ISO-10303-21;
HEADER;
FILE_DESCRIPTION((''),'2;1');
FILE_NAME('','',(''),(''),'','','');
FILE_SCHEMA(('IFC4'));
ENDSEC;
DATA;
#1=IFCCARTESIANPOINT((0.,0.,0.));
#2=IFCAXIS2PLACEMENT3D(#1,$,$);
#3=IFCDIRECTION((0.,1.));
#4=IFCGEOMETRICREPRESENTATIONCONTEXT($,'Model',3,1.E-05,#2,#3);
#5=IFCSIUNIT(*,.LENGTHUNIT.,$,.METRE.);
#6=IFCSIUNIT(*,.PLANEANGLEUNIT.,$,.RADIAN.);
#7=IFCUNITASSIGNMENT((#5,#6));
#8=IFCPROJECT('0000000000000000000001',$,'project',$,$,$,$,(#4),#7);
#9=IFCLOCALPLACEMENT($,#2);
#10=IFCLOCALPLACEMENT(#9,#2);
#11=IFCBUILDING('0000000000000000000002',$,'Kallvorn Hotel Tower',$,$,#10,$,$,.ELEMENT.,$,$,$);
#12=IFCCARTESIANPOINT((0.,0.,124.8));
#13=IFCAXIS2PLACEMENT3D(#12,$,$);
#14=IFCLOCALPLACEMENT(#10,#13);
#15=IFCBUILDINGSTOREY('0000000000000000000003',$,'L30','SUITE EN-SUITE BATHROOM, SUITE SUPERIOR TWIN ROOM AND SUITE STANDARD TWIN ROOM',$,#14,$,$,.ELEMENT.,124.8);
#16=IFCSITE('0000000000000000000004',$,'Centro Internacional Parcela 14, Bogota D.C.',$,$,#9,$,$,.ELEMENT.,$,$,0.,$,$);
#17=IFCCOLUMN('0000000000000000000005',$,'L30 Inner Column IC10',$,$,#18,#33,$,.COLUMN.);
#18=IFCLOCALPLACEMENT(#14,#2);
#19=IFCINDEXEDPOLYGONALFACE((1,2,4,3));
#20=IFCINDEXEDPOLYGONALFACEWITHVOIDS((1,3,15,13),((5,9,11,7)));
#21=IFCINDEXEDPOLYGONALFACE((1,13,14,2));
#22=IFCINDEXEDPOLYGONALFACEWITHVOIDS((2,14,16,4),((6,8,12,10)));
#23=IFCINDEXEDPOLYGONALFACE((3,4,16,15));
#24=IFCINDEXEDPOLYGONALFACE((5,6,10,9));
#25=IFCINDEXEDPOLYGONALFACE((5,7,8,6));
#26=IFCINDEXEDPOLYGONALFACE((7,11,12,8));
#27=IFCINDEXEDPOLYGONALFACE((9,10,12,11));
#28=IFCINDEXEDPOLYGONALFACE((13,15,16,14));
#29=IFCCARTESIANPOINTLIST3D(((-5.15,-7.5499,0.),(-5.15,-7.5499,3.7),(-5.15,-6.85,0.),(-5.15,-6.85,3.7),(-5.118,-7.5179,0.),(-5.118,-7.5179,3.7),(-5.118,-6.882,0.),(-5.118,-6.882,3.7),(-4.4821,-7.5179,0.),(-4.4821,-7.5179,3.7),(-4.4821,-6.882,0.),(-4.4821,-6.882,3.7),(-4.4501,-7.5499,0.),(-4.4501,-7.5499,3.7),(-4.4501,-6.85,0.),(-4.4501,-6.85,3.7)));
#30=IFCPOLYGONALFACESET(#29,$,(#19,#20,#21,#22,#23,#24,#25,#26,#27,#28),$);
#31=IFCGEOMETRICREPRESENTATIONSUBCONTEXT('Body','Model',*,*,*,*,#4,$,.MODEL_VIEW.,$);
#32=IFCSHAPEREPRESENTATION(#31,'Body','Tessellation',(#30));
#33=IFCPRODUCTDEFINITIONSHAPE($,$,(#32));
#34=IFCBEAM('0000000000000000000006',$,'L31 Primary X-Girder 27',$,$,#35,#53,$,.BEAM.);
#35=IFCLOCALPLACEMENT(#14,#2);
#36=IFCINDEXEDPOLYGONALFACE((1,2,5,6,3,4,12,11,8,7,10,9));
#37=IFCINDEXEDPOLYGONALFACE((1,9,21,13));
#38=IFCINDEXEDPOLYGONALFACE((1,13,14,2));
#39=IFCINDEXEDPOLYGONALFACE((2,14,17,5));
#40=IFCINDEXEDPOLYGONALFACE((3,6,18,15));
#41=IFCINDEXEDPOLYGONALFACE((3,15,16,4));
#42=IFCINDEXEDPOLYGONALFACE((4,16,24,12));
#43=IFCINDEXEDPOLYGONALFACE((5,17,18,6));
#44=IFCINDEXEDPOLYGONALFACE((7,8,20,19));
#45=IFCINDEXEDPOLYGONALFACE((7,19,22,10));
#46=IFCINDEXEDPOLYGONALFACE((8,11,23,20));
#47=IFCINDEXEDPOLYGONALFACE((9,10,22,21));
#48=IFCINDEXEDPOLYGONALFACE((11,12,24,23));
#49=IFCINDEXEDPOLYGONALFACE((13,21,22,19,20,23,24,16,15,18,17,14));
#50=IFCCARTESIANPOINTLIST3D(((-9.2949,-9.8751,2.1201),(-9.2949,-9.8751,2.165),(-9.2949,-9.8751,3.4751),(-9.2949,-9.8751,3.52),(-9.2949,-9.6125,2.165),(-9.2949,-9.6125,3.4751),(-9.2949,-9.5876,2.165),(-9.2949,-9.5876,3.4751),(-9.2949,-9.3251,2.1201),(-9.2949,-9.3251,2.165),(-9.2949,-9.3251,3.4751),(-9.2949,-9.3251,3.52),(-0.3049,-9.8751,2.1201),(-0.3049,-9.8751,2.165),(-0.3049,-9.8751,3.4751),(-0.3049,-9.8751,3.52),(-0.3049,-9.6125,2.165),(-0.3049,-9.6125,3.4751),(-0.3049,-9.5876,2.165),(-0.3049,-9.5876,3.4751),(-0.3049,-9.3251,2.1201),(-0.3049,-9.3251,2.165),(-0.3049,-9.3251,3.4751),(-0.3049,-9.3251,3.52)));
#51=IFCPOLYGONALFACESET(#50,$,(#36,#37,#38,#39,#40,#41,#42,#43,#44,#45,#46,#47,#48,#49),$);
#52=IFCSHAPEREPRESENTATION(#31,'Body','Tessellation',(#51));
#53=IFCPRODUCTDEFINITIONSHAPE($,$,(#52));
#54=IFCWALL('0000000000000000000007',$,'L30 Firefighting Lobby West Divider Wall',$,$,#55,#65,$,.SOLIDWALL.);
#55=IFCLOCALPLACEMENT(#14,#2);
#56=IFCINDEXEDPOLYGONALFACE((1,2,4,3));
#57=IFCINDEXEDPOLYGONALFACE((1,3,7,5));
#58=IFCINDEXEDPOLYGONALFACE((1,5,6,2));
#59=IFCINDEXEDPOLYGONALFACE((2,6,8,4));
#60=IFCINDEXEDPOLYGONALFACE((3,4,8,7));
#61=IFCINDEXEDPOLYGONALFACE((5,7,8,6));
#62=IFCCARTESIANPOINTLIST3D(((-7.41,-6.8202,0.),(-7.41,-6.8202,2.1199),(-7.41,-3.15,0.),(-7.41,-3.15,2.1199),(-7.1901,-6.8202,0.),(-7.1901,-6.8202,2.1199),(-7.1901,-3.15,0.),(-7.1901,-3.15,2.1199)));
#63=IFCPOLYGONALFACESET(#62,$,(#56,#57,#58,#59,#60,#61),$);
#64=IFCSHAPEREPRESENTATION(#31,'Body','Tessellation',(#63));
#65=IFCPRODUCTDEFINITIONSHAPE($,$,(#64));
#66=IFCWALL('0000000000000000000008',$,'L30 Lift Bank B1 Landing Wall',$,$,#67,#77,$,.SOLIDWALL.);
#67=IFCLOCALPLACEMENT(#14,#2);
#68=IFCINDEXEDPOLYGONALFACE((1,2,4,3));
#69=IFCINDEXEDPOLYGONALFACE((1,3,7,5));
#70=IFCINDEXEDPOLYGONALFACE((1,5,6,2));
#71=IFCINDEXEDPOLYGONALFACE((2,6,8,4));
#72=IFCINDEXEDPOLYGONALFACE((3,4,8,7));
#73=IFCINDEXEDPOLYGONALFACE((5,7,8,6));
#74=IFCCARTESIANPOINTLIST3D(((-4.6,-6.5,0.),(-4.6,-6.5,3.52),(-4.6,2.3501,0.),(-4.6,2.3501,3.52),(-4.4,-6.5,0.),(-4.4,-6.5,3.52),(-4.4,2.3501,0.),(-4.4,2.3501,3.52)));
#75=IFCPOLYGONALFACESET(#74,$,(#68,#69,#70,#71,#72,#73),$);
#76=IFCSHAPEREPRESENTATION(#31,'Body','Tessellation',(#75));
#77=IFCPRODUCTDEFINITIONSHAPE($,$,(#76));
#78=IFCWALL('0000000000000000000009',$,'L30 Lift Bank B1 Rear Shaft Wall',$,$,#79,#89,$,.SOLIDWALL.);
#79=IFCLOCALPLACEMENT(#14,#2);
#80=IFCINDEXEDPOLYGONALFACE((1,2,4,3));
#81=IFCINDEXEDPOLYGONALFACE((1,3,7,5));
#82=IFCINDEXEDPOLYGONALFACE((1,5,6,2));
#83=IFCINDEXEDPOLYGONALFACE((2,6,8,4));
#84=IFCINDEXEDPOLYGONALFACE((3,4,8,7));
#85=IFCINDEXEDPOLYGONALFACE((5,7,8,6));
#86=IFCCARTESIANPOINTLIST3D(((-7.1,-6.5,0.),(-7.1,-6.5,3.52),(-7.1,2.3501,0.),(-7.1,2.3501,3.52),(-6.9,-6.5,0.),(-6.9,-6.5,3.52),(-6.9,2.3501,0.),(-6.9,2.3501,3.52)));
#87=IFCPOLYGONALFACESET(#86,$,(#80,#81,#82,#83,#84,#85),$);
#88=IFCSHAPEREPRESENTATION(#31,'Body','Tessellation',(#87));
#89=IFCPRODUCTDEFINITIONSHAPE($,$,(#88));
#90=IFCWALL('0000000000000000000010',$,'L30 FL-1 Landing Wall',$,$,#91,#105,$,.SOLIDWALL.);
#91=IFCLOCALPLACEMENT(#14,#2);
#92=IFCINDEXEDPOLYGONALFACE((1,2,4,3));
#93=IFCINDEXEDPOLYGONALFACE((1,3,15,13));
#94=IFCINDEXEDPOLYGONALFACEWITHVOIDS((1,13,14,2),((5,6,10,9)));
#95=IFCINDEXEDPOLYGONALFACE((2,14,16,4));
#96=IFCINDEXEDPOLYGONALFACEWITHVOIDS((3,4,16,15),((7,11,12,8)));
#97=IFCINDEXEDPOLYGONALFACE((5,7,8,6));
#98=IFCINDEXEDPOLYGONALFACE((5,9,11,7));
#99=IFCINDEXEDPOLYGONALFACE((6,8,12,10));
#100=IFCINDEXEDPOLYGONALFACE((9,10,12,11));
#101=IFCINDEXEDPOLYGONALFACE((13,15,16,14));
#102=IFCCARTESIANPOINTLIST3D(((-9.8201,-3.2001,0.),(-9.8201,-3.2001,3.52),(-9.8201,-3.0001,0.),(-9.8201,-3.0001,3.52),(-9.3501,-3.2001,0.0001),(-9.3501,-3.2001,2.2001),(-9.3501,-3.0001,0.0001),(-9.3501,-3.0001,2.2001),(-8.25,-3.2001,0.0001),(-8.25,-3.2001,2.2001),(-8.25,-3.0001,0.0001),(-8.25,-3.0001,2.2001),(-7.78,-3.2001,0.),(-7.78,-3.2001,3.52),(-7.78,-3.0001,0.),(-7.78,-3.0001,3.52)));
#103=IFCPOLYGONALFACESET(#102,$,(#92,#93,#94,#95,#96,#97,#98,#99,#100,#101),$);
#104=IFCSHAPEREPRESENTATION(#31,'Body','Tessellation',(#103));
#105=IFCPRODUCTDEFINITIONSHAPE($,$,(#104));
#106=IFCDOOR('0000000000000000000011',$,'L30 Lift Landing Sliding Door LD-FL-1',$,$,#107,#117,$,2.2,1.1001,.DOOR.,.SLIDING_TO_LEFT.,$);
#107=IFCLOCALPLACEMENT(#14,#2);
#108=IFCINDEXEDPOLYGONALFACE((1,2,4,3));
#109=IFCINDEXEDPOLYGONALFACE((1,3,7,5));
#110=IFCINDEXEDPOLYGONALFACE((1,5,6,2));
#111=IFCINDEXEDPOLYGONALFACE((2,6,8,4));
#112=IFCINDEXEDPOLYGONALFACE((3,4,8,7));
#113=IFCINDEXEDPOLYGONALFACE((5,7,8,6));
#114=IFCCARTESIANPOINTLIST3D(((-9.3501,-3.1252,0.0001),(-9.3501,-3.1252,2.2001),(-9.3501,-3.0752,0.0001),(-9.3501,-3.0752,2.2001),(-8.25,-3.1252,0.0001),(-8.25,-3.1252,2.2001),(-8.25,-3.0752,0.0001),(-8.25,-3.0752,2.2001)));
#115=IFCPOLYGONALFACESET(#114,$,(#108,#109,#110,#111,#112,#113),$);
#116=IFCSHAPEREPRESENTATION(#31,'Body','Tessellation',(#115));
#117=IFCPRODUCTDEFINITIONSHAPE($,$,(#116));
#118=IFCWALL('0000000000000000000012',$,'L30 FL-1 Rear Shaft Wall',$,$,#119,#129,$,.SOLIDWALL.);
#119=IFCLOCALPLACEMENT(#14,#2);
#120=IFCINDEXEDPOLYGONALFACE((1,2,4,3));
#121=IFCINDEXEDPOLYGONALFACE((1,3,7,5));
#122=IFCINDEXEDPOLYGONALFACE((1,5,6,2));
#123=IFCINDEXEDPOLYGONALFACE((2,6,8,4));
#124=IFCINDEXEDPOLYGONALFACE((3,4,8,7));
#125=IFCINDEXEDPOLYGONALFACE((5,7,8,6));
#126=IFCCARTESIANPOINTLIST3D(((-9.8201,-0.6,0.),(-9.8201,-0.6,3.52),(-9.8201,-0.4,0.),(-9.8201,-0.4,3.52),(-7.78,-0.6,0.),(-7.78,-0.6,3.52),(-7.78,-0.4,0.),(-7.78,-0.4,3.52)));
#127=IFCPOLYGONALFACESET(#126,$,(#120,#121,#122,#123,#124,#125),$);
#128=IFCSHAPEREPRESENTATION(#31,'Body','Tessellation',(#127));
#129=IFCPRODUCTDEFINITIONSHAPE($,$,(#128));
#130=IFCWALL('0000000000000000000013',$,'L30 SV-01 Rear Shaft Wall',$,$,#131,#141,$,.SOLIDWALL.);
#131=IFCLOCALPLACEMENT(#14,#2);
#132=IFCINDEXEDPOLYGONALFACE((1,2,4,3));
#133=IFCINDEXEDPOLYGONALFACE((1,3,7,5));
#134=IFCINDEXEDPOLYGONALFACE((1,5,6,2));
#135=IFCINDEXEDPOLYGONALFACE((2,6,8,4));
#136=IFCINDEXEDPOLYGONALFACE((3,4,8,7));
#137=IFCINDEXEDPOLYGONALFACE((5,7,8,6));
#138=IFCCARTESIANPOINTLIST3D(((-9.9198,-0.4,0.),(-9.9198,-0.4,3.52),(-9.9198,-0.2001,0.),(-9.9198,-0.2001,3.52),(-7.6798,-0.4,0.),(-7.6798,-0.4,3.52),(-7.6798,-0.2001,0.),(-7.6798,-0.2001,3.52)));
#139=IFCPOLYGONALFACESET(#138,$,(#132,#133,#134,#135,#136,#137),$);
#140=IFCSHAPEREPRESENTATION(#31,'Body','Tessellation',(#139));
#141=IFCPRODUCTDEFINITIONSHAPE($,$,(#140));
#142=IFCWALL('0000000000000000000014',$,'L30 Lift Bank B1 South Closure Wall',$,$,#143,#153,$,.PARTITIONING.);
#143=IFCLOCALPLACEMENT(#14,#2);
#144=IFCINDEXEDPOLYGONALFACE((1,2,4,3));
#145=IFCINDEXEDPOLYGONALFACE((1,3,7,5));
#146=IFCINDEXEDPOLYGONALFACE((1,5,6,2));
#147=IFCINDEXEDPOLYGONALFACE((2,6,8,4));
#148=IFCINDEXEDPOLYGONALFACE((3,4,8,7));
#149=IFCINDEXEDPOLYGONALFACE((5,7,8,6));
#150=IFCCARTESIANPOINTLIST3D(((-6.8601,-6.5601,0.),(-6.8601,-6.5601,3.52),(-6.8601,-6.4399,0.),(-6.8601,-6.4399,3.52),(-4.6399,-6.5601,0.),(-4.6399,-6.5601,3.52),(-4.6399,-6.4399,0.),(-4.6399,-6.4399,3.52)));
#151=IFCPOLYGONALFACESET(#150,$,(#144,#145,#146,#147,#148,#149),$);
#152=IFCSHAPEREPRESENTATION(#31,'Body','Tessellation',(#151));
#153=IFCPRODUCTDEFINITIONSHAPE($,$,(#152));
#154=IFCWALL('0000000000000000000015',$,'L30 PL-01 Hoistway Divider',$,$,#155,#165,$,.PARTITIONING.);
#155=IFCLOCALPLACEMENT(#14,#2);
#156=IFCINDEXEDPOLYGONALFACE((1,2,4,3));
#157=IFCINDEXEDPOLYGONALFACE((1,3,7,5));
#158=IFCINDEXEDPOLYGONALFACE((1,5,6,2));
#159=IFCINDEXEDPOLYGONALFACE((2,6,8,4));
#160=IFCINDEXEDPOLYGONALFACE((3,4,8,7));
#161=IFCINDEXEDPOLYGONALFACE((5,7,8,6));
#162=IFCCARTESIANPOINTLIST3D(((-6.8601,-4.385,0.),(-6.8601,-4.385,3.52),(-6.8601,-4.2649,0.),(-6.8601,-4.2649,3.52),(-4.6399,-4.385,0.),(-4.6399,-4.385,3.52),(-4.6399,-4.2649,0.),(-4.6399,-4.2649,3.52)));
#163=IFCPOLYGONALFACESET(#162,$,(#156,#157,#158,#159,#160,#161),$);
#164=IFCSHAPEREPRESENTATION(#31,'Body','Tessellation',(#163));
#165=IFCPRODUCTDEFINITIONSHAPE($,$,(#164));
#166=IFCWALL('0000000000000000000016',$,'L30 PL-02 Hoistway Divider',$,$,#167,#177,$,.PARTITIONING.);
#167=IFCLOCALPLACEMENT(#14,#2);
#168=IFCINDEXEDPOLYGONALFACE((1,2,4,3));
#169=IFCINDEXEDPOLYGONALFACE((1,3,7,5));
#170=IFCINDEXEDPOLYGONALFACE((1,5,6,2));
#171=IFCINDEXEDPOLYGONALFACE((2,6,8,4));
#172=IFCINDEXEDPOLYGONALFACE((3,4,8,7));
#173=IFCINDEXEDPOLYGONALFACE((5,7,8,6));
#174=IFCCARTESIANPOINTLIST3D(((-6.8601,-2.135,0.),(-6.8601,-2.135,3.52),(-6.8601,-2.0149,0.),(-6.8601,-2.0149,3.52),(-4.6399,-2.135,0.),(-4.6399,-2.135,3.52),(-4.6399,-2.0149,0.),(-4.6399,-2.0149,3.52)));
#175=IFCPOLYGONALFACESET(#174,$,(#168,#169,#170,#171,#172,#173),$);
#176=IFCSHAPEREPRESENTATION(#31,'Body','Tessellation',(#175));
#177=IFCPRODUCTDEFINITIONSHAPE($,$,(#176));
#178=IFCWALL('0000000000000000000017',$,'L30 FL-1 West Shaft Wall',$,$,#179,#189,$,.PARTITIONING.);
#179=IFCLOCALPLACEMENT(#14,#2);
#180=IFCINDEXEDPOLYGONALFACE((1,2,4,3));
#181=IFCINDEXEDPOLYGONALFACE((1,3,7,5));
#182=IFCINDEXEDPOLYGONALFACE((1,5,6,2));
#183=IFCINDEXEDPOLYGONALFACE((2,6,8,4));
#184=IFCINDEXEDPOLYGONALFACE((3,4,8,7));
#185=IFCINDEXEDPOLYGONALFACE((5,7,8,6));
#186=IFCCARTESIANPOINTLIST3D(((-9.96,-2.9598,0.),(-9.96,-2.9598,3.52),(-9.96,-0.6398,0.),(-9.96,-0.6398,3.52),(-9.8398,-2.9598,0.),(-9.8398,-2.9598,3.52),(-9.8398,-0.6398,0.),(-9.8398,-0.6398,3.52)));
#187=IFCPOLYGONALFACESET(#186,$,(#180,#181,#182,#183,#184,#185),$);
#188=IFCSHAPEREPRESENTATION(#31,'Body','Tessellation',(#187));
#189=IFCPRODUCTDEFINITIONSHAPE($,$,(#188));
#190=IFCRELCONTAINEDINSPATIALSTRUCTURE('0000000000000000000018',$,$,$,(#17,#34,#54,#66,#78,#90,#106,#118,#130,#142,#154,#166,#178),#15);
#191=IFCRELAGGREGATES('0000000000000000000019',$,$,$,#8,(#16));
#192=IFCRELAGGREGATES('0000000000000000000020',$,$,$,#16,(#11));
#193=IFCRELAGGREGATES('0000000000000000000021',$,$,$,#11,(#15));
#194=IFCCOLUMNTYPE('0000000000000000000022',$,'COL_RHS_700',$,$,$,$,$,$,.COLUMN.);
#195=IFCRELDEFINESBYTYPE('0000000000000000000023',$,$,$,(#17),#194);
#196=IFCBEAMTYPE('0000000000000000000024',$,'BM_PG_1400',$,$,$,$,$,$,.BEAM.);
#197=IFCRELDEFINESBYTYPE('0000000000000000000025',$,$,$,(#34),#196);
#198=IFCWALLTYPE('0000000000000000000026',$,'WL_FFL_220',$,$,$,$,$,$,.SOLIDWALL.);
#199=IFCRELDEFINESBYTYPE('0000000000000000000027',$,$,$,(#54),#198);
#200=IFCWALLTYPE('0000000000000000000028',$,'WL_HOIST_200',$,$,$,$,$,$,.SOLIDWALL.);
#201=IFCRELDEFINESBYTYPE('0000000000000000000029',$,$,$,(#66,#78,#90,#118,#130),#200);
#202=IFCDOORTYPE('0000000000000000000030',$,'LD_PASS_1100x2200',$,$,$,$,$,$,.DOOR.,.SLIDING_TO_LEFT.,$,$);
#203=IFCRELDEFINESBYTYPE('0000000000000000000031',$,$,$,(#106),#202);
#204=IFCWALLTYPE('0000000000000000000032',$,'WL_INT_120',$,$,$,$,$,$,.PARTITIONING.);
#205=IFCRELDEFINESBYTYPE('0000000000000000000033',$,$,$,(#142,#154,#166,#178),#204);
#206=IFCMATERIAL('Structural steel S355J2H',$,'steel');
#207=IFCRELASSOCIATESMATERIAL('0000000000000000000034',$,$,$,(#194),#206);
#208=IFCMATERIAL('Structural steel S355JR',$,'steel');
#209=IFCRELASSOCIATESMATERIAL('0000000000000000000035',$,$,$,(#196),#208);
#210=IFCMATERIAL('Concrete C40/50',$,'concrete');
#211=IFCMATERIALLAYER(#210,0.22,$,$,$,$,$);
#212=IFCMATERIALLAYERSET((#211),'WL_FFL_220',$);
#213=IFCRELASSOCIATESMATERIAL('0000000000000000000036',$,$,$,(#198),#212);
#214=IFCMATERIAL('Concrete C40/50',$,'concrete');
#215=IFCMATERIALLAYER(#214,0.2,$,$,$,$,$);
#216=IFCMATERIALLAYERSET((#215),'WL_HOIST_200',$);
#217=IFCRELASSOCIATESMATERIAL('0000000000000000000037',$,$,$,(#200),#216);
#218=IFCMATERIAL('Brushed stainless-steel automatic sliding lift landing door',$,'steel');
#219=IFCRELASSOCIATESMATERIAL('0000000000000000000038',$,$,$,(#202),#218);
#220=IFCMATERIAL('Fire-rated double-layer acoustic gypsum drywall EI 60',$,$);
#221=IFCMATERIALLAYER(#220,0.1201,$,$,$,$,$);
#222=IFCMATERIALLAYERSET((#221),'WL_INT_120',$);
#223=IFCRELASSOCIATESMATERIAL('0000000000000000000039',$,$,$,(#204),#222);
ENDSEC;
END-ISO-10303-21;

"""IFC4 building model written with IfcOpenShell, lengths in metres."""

from ifc_helpers import new_model, si_unit, direction, frame, frame_2d, origin, origin_2d, place, context, subcontext, project, spatial, rectangle, hollow_rectangle, i_section, extrude, material, layer, layer_set, material_profile, profile_set, type_object, element, fill, save


model = new_model("IFC4")

# Units and contexts
model_context = context("Model", 3, precision=1e-05, world=origin(), true_north=direction((0.0, 1.0)))
body_context = subcontext(model_context, "Body", "Model", "MODEL_VIEW")
ifc_project = project(units=[si_unit("LENGTHUNIT", "METRE"), si_unit("PLANEANGLEUNIT", "RADIAN")], contexts=[model_context])

# Site, building, storey
site_placement = place(None, origin())
site = spatial("IfcSite", under=ifc_project, at=site_placement, Name="Centro Internacional Parcela 14, Bogota D.C.", CompositionType="ELEMENT", RefElevation=0.0)
building_placement = place(site_placement, origin())
building = spatial("IfcBuilding", under=site, at=building_placement, Name="Kallvorn Hotel Tower", CompositionType="ELEMENT")
storey_placement = place(building_placement, frame((0.0, 0.0, 124.8)))
storey = spatial("IfcBuildingStorey", under=building, at=storey_placement, Name="L30", Description="SUITE EN-SUITE BATHROOM, SUITE SUPERIOR TWIN ROOM AND SUITE STANDARD TWIN ROOM", CompositionType="ELEMENT", Elevation=124.8)

# Column
ifc_material_1 = material(Name="Structural steel S355J2H", Category="steel")
ifc_material_profile_1 = material_profile(ifc_material_1, hollow_rectangle(XDim=0.7, YDim=0.7, WallThickness=0.032, at=origin_2d()), Name="RHS 700x700x32")
ifc_profile_set_1 = profile_set([ifc_material_profile_1], Name="Structural steel S355J2H")
column_type = type_object("IfcColumnType", Name="COL_RHS_700", PredefinedType="COLUMN", material=ifc_profile_set_1)
column_placement = place(storey_placement, frame((-4.8, -7.2, 0.0), z_axis=(0.0, 0.0, 1.0), x_axis=(1.0, 0.0, 0.0)))
element("IfcColumn", 1, at=column_placement, inside=storey, type_object=column_type, Name="L30 Inner Column IC10", PredefinedType="COLUMN", context=body_context, shape_type="SweptSolid", body=[
    extrude(hollow_rectangle(XDim=0.7, YDim=0.7, WallThickness=0.032, at=origin_2d()), origin(), (0.0, 0.0, 1.0), 3.7),
])

# Beam
ifc_material_2 = material(Name="Structural steel S355JR", Category="steel")
ifc_material_profile_2 = material_profile(ifc_material_2, i_section(OverallWidth=0.55, OverallDepth=1.3999, WebThickness=0.0249, FlangeThickness=0.0449, at=origin_2d()), Name="PG 1400x550x25x45")
ifc_profile_set_2 = profile_set([ifc_material_profile_2], Name="Structural steel S355JR")
beam_type = type_object("IfcBeamType", Name="BM_PG_1400", PredefinedType="BEAM", material=ifc_profile_set_2)
beam_placement = place(storey_placement, frame((-9.2949, -9.6001, 2.8201), z_axis=(1.0, 0.0, 0.0), x_axis=(0.0, 1.0, 0.0)))
element("IfcBeam", 2, at=beam_placement, inside=storey, type_object=beam_type, Name="L31 Primary X-Girder 27", PredefinedType="BEAM", context=body_context, shape_type="SweptSolid", body=[
    extrude(i_section(OverallWidth=0.55, OverallDepth=1.3999, WebThickness=0.0249, FlangeThickness=0.0449, at=origin_2d()), origin(), (0.0, 0.0, 1.0), 8.99),
])

# Walls
ifc_material_3 = material(Name="Concrete C40/50", Category="concrete")
ifc_layer_1 = layer(ifc_material_3, 0.22)
ifc_layer_set_1 = layer_set([ifc_layer_1], Name="WL_FFL_220")
wall_type_1 = type_object("IfcWallType", Name="WL_FFL_220", PredefinedType="SOLIDWALL", material=ifc_layer_set_1)
wall_1_placement = place(storey_placement, frame((-7.3, -6.8201, 0.0), z_axis=(0.0, 0.0, 1.0), x_axis=(0.0, 1.0, 0.0)))
element("IfcWall", 3, at=wall_1_placement, inside=storey, type_object=wall_type_1, Name="L30 Firefighting Lobby West Divider Wall", PredefinedType="SOLIDWALL", context=body_context, shape_type="SweptSolid", body=[
    extrude(rectangle(XDim=3.6702, YDim=0.22, at=frame_2d((1.835, 0.0))), origin(), (0.0, 0.0, 1.0), 2.1199),
])
ifc_material_4 = material(Name="Concrete C40/50", Category="concrete")
ifc_layer_2 = layer(ifc_material_4, 0.2)
ifc_layer_set_2 = layer_set([ifc_layer_2], Name="WL_HOIST_200")
wall_type_2 = type_object("IfcWallType", Name="WL_HOIST_200", PredefinedType="SOLIDWALL", material=ifc_layer_set_2)
for number, where, z_axis, x_axis, name in (
    (4, (-4.5, -6.5, 0.0), (0.0, 0.0, 1.0), (0.0, 1.0, 0.0), "L30 Lift Bank B1 Landing Wall"),
    (5, (-7.0, -6.5, 0.0), (0.0, 0.0, 1.0), (0.0, 1.0, 0.0), "L30 Lift Bank B1 Rear Shaft Wall"),
):
    element("IfcWall", number, at=place(storey_placement, frame(where, z_axis=z_axis, x_axis=x_axis)), inside=storey, type_object=wall_type_2, Name=name, PredefinedType="SOLIDWALL", context=body_context, shape_type="SweptSolid", body=[
        extrude(rectangle(XDim=8.8501, YDim=0.2, at=frame_2d((4.425, 0.0))), origin(), (0.0, 0.0, 1.0), 3.52),
    ])

# Wall, opening, door
wall_2_placement = place(storey_placement, frame((-9.8201, -3.1001, 0.0), z_axis=(0.0, 0.0, 1.0), x_axis=(1.0, 0.0, 0.0)))
wall_2 = element("IfcWall", 6, at=wall_2_placement, inside=storey, type_object=wall_type_2, Name="L30 FL-1 Landing Wall", PredefinedType="SOLIDWALL", context=body_context, shape_type="SweptSolid", body=[
    extrude(rectangle(XDim=2.04, YDim=0.2, at=frame_2d((1.02, 0.0))), origin(), (0.0, 0.0, 1.0), 3.52),
])
opening_1_placement = place(wall_2_placement, frame((0.47, 0.0, 0.0)))
opening_1 = element("IfcOpeningElement", 7, at=opening_1_placement, cuts=wall_2, PredefinedType="OPENING", context=body_context, shape_type="SweptSolid", body=[
    extrude(rectangle(XDim=1.1001, YDim=2.2, at=frame_2d((0.55, 1.1001))), frame((0.0, 0.115, 0.0), z_axis=(0.0, -1.0, 0.0), x_axis=(1.0, 0.0, 0.0)), (0.0, 0.0, 1.0), 0.23),
])
ifc_material_5 = material(Name="Brushed stainless-steel automatic sliding lift landing door", Category="steel")
door_type_1 = type_object("IfcDoorType", Name="LD_PASS_1100x2200", OperationType="SLIDING_TO_LEFT", PredefinedType="DOOR", material=ifc_material_5)
door_1_placement = place(opening_1_placement, origin())
door_1 = element("IfcDoor", 8, at=door_1_placement, inside=storey, type_object=door_type_1, Name="L30 Lift Landing Sliding Door LD-FL-1", OperationType="SLIDING_TO_LEFT", OverallHeight=2.2, OverallWidth=1.1001, PredefinedType="DOOR", context=body_context, shape_type="SweptSolid", body=[
    extrude(rectangle(XDim=1.1001, YDim=2.2, at=frame_2d((0.55, 1.1001))), frame((0.0, 0.0249, 0.0), z_axis=(0.0, -1.0, 0.0), x_axis=(1.0, 0.0, 0.0)), (0.0, 0.0, 1.0), 0.05),
])
fill(opening_1, door_1)

# Walls
wall_3_placement = place(storey_placement, frame((-9.8201, -0.5, 0.0), z_axis=(0.0, 0.0, 1.0), x_axis=(1.0, 0.0, 0.0)))
element("IfcWall", 9, at=wall_3_placement, inside=storey, type_object=wall_type_2, Name="L30 FL-1 Rear Shaft Wall", PredefinedType="SOLIDWALL", context=body_context, shape_type="SweptSolid", body=[
    extrude(rectangle(XDim=2.04, YDim=0.2, at=frame_2d((1.02, 0.0))), origin(), (0.0, 0.0, 1.0), 3.52),
])
wall_4_placement = place(storey_placement, frame((-9.9199, -0.3, 0.0), z_axis=(0.0, 0.0, 1.0), x_axis=(1.0, 0.0, 0.0)))
element("IfcWall", 10, at=wall_4_placement, inside=storey, type_object=wall_type_2, Name="L30 SV-01 Rear Shaft Wall", PredefinedType="SOLIDWALL", context=body_context, shape_type="SweptSolid", body=[
    extrude(rectangle(XDim=2.24, YDim=0.2, at=frame_2d((1.1201, 0.0))), origin(), (0.0, 0.0, 1.0), 3.52),
])
ifc_material_6 = material(Name="Fire-rated double-layer acoustic gypsum drywall EI 60")
ifc_layer_3 = layer(ifc_material_6, 0.1201)
ifc_layer_set_3 = layer_set([ifc_layer_3], Name="WL_INT_120")
wall_type_3 = type_object("IfcWallType", Name="WL_INT_120", PredefinedType="PARTITIONING", material=ifc_layer_set_3)
for number, where, z_axis, x_axis, name in (
    (11, (-6.8601, -6.5, 0.0), (0.0, 0.0, 1.0), (1.0, 0.0, 0.0), "L30 Lift Bank B1 South Closure Wall"),
    (12, (-6.8601, -4.325, 0.0), (0.0, 0.0, 1.0), (1.0, 0.0, 0.0), "L30 PL-01 Hoistway Divider"),
    (13, (-6.8601, -2.075, 0.0), (0.0, 0.0, 1.0), (1.0, 0.0, 0.0), "L30 PL-02 Hoistway Divider"),
):
    element("IfcWall", number, at=place(storey_placement, frame(where, z_axis=z_axis, x_axis=x_axis)), inside=storey, type_object=wall_type_3, Name=name, PredefinedType="PARTITIONING", context=body_context, shape_type="SweptSolid", body=[
        extrude(rectangle(XDim=2.2202, YDim=0.1201, at=frame_2d((1.1101, 0.0))), origin(), (0.0, 0.0, 1.0), 3.52),
    ])
for number, where, z_axis, x_axis, name in (
    (14, (-9.8999, -2.96, 0.0), (0.0, 0.0, 1.0), (0.0, 1.0, 0.0), "L30 FL-1 West Shaft Wall"),
):
    element("IfcWall", number, at=place(storey_placement, frame(where, z_axis=z_axis, x_axis=x_axis)), inside=storey, type_object=wall_type_3, Name=name, PredefinedType="PARTITIONING", context=body_context, shape_type="SweptSolid", body=[
        extrude(rectangle(XDim=2.3201, YDim=0.1201, at=frame_2d((1.1602, 0.0))), origin(), (0.0, 0.0, 1.0), 3.52),
    ])

save(model, "model.ifc")
